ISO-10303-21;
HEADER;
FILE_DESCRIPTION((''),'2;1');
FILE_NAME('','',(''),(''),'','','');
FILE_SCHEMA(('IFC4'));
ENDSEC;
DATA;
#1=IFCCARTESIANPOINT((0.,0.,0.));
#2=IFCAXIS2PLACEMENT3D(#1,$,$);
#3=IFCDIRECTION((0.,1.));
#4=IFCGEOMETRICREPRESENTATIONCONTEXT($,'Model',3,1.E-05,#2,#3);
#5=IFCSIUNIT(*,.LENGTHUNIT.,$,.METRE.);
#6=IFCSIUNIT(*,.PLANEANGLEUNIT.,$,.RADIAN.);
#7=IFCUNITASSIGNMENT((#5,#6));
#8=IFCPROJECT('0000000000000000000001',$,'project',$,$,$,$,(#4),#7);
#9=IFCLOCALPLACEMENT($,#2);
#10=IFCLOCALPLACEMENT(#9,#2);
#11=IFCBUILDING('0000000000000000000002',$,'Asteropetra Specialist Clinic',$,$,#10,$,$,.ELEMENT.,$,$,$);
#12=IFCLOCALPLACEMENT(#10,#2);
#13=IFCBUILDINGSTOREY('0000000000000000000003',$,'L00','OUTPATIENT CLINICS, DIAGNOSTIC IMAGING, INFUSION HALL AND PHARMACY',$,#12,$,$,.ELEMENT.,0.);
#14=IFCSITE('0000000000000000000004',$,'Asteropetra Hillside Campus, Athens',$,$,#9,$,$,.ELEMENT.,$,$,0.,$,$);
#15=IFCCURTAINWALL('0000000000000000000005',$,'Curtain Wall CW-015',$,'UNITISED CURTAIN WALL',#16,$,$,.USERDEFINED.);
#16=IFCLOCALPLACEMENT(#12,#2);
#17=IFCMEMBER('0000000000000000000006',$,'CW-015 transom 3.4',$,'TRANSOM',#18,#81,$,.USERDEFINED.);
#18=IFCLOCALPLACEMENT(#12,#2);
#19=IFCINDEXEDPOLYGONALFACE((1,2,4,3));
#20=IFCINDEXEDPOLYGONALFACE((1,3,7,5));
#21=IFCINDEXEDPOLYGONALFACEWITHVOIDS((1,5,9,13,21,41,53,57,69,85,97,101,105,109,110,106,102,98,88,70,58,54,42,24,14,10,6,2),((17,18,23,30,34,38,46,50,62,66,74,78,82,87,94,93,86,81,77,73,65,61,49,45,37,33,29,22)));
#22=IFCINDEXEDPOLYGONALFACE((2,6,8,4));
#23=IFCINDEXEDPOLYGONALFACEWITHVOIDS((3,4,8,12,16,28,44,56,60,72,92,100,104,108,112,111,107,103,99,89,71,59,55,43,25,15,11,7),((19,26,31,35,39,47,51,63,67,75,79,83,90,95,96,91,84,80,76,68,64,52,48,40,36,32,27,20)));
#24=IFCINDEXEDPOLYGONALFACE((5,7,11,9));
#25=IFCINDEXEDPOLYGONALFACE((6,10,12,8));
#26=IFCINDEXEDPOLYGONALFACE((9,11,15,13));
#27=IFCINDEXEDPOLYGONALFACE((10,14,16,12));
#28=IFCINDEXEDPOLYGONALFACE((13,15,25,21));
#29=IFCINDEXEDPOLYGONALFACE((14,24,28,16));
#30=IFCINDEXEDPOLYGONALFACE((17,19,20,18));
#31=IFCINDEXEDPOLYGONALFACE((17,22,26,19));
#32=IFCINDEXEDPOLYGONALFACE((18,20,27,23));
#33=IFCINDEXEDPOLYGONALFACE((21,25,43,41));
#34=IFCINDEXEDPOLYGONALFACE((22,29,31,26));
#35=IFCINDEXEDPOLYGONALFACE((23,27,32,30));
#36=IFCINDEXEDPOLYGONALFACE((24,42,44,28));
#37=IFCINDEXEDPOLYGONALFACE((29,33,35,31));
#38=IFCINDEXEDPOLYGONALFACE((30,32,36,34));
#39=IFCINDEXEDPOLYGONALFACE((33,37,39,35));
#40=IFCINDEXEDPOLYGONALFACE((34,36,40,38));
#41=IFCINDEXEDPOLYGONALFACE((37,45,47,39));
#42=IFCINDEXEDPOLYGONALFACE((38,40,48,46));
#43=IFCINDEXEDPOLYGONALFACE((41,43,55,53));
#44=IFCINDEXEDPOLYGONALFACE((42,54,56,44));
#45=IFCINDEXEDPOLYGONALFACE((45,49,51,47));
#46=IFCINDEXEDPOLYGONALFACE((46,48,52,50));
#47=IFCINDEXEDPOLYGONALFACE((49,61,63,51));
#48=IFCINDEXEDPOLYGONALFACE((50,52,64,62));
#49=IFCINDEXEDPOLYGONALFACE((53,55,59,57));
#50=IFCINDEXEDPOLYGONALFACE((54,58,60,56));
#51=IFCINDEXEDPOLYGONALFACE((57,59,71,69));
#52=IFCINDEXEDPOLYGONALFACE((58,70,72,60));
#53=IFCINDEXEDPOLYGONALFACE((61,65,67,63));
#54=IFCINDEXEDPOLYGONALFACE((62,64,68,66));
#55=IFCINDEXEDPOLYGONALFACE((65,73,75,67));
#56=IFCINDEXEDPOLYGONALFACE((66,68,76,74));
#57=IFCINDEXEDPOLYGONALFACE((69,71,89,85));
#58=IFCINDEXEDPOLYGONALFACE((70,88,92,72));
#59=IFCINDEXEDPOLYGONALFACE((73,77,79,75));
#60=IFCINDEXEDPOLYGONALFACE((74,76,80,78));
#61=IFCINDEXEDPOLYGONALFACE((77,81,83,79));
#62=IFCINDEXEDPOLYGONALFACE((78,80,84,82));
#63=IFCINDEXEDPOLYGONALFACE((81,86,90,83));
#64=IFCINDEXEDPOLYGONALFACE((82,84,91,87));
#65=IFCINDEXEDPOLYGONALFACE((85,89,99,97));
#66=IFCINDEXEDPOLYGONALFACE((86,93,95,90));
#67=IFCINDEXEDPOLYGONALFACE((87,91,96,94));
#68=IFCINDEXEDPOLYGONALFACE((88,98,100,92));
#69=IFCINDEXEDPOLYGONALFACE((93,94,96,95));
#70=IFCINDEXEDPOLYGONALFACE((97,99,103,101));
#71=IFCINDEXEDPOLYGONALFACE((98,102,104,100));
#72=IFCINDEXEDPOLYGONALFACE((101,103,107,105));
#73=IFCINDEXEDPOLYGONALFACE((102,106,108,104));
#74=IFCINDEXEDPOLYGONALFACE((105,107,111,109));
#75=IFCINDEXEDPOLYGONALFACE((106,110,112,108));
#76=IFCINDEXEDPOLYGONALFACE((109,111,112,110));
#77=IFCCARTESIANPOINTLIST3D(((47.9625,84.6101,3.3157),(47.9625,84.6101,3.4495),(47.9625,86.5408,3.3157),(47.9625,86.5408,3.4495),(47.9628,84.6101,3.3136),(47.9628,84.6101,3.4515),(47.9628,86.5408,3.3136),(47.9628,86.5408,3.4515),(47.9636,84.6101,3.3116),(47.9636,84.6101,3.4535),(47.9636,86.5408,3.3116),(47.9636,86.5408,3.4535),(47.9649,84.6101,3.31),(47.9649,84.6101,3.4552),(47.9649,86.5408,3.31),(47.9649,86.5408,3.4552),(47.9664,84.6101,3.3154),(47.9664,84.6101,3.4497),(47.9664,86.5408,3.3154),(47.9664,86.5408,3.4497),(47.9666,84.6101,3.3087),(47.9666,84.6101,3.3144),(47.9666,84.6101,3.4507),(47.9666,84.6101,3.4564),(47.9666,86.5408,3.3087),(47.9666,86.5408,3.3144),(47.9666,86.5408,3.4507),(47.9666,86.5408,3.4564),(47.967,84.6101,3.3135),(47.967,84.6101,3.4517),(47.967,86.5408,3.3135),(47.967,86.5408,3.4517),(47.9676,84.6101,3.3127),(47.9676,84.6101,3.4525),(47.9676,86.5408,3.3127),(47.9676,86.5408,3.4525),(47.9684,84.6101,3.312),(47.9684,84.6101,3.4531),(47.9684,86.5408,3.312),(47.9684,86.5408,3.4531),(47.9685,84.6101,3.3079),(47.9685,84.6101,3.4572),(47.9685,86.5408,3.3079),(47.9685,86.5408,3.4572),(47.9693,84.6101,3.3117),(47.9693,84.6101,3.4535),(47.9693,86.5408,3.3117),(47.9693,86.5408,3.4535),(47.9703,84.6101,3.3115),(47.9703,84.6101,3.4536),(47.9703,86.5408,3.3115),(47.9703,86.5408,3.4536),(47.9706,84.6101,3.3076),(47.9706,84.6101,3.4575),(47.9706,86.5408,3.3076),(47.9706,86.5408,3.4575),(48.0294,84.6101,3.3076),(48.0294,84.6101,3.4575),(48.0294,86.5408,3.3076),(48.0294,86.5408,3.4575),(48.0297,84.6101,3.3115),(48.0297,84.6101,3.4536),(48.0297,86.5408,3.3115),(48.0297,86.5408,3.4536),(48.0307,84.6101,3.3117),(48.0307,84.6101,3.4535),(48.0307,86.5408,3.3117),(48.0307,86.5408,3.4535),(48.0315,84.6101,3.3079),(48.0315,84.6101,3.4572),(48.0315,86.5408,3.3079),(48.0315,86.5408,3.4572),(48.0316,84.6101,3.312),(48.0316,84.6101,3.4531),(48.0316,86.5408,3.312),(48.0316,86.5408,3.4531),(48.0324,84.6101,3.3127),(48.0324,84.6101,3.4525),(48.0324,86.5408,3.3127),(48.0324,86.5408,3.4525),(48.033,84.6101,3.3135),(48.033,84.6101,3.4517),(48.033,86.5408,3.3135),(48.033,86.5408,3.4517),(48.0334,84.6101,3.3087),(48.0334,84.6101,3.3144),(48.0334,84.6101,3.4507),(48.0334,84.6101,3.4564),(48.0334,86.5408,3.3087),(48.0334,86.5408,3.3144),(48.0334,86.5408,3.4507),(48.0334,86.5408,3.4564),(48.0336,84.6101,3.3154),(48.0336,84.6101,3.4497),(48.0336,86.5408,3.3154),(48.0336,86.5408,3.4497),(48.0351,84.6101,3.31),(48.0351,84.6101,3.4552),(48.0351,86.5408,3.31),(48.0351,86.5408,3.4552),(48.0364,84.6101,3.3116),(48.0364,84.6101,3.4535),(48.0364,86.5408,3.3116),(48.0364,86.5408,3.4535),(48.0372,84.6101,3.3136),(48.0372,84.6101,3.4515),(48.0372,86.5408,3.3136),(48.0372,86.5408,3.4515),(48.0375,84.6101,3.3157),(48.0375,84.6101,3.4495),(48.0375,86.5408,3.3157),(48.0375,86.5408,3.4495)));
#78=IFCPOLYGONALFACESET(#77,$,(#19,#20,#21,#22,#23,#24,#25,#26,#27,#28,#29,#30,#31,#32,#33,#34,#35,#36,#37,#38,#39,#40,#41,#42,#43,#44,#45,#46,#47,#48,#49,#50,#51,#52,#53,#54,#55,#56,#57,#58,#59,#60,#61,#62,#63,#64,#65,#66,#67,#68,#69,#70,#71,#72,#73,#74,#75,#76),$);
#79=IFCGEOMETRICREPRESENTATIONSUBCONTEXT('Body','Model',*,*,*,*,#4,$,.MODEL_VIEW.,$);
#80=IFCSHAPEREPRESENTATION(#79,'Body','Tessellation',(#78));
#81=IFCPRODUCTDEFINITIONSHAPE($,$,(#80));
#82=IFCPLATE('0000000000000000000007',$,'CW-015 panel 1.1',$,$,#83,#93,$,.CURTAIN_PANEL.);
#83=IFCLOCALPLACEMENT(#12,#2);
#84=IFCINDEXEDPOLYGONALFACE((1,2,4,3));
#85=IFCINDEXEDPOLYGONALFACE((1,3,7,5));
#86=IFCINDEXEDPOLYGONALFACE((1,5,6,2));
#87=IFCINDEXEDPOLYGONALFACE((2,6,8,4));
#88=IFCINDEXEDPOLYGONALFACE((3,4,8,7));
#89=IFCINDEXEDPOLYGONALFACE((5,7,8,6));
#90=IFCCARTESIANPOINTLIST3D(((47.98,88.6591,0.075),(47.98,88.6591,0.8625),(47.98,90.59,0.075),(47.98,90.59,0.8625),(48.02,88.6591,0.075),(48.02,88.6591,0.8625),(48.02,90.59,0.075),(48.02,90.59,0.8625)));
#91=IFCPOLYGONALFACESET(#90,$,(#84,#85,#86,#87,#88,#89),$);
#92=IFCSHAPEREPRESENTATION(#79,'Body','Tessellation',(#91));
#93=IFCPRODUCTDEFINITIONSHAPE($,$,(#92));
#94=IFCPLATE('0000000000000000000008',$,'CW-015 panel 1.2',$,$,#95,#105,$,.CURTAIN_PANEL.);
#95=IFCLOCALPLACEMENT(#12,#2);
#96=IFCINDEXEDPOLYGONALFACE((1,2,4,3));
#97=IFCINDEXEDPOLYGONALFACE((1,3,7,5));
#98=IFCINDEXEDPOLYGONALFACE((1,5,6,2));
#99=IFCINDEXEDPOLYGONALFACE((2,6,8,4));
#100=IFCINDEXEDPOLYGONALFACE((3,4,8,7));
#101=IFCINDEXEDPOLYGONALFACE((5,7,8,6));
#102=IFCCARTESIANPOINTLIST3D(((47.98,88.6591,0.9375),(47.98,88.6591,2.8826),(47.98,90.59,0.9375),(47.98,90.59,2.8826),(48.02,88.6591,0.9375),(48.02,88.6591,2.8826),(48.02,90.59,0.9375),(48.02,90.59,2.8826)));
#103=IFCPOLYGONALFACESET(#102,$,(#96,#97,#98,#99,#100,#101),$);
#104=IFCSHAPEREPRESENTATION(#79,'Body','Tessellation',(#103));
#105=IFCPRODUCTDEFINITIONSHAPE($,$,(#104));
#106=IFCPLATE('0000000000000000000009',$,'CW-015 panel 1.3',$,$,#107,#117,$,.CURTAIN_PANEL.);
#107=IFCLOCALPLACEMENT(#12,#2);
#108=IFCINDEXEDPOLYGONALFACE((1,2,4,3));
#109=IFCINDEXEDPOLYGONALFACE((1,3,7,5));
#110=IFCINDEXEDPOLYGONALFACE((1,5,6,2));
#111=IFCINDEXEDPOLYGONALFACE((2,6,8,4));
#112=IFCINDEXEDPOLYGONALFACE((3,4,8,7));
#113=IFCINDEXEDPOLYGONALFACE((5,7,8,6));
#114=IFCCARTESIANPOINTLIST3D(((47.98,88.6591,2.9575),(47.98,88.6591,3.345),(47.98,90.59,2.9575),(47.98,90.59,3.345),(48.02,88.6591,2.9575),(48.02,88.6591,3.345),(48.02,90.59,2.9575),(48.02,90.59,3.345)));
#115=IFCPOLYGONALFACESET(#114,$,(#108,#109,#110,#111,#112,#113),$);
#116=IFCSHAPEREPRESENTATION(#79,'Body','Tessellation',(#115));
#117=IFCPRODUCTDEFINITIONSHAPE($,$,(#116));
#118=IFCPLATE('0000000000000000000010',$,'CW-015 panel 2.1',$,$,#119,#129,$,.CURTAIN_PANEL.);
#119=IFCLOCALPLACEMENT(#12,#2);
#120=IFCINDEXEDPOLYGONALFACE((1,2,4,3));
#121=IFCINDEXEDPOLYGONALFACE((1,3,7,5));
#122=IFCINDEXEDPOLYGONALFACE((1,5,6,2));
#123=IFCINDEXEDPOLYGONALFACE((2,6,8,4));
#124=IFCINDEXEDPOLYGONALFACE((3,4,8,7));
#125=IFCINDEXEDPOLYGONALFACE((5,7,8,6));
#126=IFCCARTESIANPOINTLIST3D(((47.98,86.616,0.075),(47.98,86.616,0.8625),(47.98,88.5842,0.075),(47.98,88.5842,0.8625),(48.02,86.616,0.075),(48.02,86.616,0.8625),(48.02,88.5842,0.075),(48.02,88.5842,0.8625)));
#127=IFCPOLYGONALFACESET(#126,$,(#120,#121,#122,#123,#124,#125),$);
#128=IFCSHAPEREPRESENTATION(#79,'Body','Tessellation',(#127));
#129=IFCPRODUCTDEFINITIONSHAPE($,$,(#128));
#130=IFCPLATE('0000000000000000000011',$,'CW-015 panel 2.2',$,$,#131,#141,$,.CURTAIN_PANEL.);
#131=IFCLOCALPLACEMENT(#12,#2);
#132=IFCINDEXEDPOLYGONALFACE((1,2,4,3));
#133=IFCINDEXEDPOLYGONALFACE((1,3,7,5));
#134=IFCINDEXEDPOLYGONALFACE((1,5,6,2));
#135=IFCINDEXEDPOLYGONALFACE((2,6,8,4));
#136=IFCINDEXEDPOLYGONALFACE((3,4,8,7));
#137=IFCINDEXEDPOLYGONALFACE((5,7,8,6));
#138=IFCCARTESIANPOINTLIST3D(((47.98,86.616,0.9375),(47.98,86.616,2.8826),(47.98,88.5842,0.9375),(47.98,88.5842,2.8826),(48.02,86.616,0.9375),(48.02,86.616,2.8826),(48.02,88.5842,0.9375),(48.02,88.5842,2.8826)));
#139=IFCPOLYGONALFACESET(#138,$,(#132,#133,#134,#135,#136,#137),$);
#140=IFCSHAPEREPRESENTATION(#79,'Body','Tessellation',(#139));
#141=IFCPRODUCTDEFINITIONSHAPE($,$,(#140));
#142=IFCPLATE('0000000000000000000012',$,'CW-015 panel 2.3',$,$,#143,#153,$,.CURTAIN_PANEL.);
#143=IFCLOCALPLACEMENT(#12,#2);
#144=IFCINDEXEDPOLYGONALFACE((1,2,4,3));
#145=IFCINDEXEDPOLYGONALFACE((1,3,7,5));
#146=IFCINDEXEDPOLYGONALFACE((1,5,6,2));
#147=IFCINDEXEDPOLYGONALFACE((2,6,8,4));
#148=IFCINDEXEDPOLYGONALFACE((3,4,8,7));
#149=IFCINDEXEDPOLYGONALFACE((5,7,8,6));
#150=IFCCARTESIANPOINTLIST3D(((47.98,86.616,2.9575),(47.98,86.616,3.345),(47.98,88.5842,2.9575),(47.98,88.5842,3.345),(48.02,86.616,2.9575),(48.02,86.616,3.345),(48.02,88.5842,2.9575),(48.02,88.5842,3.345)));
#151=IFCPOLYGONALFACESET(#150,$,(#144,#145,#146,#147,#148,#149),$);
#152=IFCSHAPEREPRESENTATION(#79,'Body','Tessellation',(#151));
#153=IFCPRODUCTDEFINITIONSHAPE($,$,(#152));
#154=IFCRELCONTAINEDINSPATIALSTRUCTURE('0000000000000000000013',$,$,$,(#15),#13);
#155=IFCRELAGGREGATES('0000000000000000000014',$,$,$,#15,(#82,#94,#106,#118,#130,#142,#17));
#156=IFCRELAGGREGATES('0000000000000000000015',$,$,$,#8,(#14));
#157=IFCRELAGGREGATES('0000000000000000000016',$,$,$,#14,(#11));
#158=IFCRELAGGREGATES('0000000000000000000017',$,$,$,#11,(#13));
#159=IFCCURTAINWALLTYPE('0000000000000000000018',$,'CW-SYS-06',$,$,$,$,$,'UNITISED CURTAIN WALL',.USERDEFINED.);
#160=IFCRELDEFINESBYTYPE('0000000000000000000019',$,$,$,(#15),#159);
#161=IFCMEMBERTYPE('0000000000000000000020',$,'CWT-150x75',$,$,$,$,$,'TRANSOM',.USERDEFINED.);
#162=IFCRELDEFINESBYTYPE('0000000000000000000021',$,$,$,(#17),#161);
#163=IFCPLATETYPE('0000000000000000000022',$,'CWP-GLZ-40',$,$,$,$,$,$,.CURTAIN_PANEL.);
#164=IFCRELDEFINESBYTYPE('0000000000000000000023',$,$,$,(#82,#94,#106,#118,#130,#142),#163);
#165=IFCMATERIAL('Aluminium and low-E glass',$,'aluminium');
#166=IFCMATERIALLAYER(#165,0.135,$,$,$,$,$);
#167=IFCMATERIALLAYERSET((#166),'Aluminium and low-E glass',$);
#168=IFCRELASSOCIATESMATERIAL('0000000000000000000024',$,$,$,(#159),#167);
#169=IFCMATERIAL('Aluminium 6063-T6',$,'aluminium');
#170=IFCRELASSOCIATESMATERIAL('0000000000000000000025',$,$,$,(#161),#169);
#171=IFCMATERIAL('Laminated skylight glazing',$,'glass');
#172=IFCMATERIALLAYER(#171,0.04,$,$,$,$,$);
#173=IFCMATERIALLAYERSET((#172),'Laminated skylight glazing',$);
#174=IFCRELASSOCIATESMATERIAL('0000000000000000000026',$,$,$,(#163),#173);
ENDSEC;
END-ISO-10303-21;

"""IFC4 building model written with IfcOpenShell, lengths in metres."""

from ifc_helpers import new_model, si_unit, direction, frame, origin, origin_2d, place, context, subcontext, project, spatial, rectangle, hollow_rectangle, extrude, material, layer, layer_set, material_profile, profile_set, type_object, element, aggregate, save


model = new_model("IFC4")

# Units and contexts
model_context = context("Model", 3, precision=1e-05, world=origin(), true_north=direction((0.0, 1.0)))
body_context = subcontext(model_context, "Body", "Model", "MODEL_VIEW")
ifc_project = project(units=[si_unit("LENGTHUNIT", "METRE"), si_unit("PLANEANGLEUNIT", "RADIAN")], contexts=[model_context])

# Site, building, storey
site_placement = place(None, origin())
site = spatial("IfcSite", under=ifc_project, at=site_placement, Name="Asteropetra Hillside Campus, Athens", CompositionType="ELEMENT", RefElevation=0.0)
building_placement = place(site_placement, origin())
building = spatial("IfcBuilding", under=site, at=building_placement, Name="Asteropetra Specialist Clinic", CompositionType="ELEMENT")
storey_placement = place(building_placement, origin())
storey = spatial("IfcBuildingStorey", under=building, at=storey_placement, Name="L00", Description="OUTPATIENT CLINICS, DIAGNOSTIC IMAGING, INFUSION HALL AND PHARMACY", CompositionType="ELEMENT", Elevation=0.0)

# Curtain wall, member, plates
ifc_material_1 = material(Name="Aluminium and low-E glass", Category="aluminium")
ifc_layer_1 = layer(ifc_material_1, 0.135)
ifc_layer_set_1 = layer_set([ifc_layer_1], Name="Aluminium and low-E glass")
curtain_wall_type_1 = type_object("IfcCurtainWallType", Name="CW-SYS-06", ElementType="UNITISED CURTAIN WALL", PredefinedType="USERDEFINED", material=ifc_layer_set_1)
curtain_wall_1_placement = place(storey_placement, origin())
curtain_wall_1 = element("IfcCurtainWall", 1, at=curtain_wall_1_placement, inside=storey, type_object=curtain_wall_type_1, Name="Curtain Wall CW-015", ObjectType="UNITISED CURTAIN WALL", PredefinedType="USERDEFINED")
ifc_material_2 = material(Name="Aluminium 6063-T6", Category="aluminium")
ifc_material_profile_1 = material_profile(ifc_material_2, hollow_rectangle(XDim=0.075, YDim=0.1499, WallThickness=0.0039, InnerFilletRadius=0.0039, OuterFilletRadius=0.0081, at=origin_2d()), Name="TRN 150x75x4.0")
ifc_profile_set_1 = profile_set([ifc_material_profile_1], Name="Aluminium 6063-T6")
member_type_1 = type_object("IfcMemberType", Name="CWT-150x75", ElementType="TRANSOM", PredefinedType="USERDEFINED", material=ifc_profile_set_1)
member_1_placement = place(storey_placement, frame((48.0, 86.5408, 3.3826), z_axis=(0.0, -1.0, 0.0), x_axis=(1.0, 0.0, 0.0)))
member_1 = element("IfcMember", 2, at=member_1_placement, type_object=member_type_1, Name="CW-015 transom 3.4", ObjectType="TRANSOM", PredefinedType="USERDEFINED", context=body_context, shape_type="SweptSolid", body=[
    extrude(hollow_rectangle(XDim=0.075, YDim=0.1499, WallThickness=0.0039, InnerFilletRadius=0.0039, OuterFilletRadius=0.0081, at=origin_2d()), origin(), (0.0, 0.0, 1.0), 1.9307),
])
ifc_material_3 = material(Name="Laminated skylight glazing", Category="glass")
ifc_layer_2 = layer(ifc_material_3, 0.04)
ifc_layer_set_2 = layer_set([ifc_layer_2], Name="Laminated skylight glazing")
plate_type = type_object("IfcPlateType", Name="CWP-GLZ-40", PredefinedType="CURTAIN_PANEL", material=ifc_layer_set_2)
plate_1_placement = place(storey_placement, frame((48.0, 89.6245, 0.075), z_axis=(0.0, 0.0, 1.0), x_axis=(0.0, -1.0, 0.0)))
plate_1 = element("IfcPlate", 3, at=plate_1_placement, type_object=plate_type, Name="CW-015 panel 1.1", PredefinedType="CURTAIN_PANEL", context=body_context, shape_type="SweptSolid", body=[
    extrude(rectangle(XDim=1.9309, YDim=0.04, at=origin_2d()), origin(), (0.0, 0.0, 1.0), 0.7876),
])
plate_2_placement = place(storey_placement, frame((48.0, 89.6245, 0.9375), z_axis=(0.0, 0.0, 1.0), x_axis=(0.0, -1.0, 0.0)))
plate_2 = element("IfcPlate", 4, at=plate_2_placement, type_object=plate_type, Name="CW-015 panel 1.2", PredefinedType="CURTAIN_PANEL", context=body_context, shape_type="SweptSolid", body=[
    extrude(rectangle(XDim=1.9309, YDim=0.04, at=origin_2d()), origin(), (0.0, 0.0, 1.0), 1.9451),
])
plate_3_placement = place(storey_placement, frame((48.0, 89.6245, 2.9575), z_axis=(0.0, 0.0, 1.0), x_axis=(0.0, -1.0, 0.0)))
plate_3 = element("IfcPlate", 5, at=plate_3_placement, type_object=plate_type, Name="CW-015 panel 1.3", PredefinedType="CURTAIN_PANEL", context=body_context, shape_type="SweptSolid", body=[
    extrude(rectangle(XDim=1.9309, YDim=0.04, at=origin_2d()), origin(), (0.0, 0.0, 1.0), 0.3875),
])
plate_4_placement = place(storey_placement, frame((48.0, 87.6001, 0.075), z_axis=(0.0, 0.0, 1.0), x_axis=(0.0, -1.0, 0.0)))
plate_4 = element("IfcPlate", 6, at=plate_4_placement, type_object=plate_type, Name="CW-015 panel 2.1", PredefinedType="CURTAIN_PANEL", context=body_context, shape_type="SweptSolid", body=[
    extrude(rectangle(XDim=1.9683, YDim=0.04, at=origin_2d()), origin(), (0.0, 0.0, 1.0), 0.7876),
])
plate_5_placement = place(storey_placement, frame((48.0, 87.6001, 0.9375), z_axis=(0.0, 0.0, 1.0), x_axis=(0.0, -1.0, 0.0)))
plate_5 = element("IfcPlate", 7, at=plate_5_placement, type_object=plate_type, Name="CW-015 panel 2.2", PredefinedType="CURTAIN_PANEL", context=body_context, shape_type="SweptSolid", body=[
    extrude(rectangle(XDim=1.9683, YDim=0.04, at=origin_2d()), origin(), (0.0, 0.0, 1.0), 1.9451),
])
plate_6_placement = place(storey_placement, frame((48.0, 87.6001, 2.9575), z_axis=(0.0, 0.0, 1.0), x_axis=(0.0, -1.0, 0.0)))
plate_6 = element("IfcPlate", 8, at=plate_6_placement, type_object=plate_type, Name="CW-015 panel 2.3", PredefinedType="CURTAIN_PANEL", context=body_context, shape_type="SweptSolid", body=[
    extrude(rectangle(XDim=1.9683, YDim=0.04, at=origin_2d()), origin(), (0.0, 0.0, 1.0), 0.3875),
])
aggregate(curtain_wall_1, [plate_1, plate_2, plate_3, plate_4, plate_5, plate_6, member_1])

save(model, "model.ifc")
